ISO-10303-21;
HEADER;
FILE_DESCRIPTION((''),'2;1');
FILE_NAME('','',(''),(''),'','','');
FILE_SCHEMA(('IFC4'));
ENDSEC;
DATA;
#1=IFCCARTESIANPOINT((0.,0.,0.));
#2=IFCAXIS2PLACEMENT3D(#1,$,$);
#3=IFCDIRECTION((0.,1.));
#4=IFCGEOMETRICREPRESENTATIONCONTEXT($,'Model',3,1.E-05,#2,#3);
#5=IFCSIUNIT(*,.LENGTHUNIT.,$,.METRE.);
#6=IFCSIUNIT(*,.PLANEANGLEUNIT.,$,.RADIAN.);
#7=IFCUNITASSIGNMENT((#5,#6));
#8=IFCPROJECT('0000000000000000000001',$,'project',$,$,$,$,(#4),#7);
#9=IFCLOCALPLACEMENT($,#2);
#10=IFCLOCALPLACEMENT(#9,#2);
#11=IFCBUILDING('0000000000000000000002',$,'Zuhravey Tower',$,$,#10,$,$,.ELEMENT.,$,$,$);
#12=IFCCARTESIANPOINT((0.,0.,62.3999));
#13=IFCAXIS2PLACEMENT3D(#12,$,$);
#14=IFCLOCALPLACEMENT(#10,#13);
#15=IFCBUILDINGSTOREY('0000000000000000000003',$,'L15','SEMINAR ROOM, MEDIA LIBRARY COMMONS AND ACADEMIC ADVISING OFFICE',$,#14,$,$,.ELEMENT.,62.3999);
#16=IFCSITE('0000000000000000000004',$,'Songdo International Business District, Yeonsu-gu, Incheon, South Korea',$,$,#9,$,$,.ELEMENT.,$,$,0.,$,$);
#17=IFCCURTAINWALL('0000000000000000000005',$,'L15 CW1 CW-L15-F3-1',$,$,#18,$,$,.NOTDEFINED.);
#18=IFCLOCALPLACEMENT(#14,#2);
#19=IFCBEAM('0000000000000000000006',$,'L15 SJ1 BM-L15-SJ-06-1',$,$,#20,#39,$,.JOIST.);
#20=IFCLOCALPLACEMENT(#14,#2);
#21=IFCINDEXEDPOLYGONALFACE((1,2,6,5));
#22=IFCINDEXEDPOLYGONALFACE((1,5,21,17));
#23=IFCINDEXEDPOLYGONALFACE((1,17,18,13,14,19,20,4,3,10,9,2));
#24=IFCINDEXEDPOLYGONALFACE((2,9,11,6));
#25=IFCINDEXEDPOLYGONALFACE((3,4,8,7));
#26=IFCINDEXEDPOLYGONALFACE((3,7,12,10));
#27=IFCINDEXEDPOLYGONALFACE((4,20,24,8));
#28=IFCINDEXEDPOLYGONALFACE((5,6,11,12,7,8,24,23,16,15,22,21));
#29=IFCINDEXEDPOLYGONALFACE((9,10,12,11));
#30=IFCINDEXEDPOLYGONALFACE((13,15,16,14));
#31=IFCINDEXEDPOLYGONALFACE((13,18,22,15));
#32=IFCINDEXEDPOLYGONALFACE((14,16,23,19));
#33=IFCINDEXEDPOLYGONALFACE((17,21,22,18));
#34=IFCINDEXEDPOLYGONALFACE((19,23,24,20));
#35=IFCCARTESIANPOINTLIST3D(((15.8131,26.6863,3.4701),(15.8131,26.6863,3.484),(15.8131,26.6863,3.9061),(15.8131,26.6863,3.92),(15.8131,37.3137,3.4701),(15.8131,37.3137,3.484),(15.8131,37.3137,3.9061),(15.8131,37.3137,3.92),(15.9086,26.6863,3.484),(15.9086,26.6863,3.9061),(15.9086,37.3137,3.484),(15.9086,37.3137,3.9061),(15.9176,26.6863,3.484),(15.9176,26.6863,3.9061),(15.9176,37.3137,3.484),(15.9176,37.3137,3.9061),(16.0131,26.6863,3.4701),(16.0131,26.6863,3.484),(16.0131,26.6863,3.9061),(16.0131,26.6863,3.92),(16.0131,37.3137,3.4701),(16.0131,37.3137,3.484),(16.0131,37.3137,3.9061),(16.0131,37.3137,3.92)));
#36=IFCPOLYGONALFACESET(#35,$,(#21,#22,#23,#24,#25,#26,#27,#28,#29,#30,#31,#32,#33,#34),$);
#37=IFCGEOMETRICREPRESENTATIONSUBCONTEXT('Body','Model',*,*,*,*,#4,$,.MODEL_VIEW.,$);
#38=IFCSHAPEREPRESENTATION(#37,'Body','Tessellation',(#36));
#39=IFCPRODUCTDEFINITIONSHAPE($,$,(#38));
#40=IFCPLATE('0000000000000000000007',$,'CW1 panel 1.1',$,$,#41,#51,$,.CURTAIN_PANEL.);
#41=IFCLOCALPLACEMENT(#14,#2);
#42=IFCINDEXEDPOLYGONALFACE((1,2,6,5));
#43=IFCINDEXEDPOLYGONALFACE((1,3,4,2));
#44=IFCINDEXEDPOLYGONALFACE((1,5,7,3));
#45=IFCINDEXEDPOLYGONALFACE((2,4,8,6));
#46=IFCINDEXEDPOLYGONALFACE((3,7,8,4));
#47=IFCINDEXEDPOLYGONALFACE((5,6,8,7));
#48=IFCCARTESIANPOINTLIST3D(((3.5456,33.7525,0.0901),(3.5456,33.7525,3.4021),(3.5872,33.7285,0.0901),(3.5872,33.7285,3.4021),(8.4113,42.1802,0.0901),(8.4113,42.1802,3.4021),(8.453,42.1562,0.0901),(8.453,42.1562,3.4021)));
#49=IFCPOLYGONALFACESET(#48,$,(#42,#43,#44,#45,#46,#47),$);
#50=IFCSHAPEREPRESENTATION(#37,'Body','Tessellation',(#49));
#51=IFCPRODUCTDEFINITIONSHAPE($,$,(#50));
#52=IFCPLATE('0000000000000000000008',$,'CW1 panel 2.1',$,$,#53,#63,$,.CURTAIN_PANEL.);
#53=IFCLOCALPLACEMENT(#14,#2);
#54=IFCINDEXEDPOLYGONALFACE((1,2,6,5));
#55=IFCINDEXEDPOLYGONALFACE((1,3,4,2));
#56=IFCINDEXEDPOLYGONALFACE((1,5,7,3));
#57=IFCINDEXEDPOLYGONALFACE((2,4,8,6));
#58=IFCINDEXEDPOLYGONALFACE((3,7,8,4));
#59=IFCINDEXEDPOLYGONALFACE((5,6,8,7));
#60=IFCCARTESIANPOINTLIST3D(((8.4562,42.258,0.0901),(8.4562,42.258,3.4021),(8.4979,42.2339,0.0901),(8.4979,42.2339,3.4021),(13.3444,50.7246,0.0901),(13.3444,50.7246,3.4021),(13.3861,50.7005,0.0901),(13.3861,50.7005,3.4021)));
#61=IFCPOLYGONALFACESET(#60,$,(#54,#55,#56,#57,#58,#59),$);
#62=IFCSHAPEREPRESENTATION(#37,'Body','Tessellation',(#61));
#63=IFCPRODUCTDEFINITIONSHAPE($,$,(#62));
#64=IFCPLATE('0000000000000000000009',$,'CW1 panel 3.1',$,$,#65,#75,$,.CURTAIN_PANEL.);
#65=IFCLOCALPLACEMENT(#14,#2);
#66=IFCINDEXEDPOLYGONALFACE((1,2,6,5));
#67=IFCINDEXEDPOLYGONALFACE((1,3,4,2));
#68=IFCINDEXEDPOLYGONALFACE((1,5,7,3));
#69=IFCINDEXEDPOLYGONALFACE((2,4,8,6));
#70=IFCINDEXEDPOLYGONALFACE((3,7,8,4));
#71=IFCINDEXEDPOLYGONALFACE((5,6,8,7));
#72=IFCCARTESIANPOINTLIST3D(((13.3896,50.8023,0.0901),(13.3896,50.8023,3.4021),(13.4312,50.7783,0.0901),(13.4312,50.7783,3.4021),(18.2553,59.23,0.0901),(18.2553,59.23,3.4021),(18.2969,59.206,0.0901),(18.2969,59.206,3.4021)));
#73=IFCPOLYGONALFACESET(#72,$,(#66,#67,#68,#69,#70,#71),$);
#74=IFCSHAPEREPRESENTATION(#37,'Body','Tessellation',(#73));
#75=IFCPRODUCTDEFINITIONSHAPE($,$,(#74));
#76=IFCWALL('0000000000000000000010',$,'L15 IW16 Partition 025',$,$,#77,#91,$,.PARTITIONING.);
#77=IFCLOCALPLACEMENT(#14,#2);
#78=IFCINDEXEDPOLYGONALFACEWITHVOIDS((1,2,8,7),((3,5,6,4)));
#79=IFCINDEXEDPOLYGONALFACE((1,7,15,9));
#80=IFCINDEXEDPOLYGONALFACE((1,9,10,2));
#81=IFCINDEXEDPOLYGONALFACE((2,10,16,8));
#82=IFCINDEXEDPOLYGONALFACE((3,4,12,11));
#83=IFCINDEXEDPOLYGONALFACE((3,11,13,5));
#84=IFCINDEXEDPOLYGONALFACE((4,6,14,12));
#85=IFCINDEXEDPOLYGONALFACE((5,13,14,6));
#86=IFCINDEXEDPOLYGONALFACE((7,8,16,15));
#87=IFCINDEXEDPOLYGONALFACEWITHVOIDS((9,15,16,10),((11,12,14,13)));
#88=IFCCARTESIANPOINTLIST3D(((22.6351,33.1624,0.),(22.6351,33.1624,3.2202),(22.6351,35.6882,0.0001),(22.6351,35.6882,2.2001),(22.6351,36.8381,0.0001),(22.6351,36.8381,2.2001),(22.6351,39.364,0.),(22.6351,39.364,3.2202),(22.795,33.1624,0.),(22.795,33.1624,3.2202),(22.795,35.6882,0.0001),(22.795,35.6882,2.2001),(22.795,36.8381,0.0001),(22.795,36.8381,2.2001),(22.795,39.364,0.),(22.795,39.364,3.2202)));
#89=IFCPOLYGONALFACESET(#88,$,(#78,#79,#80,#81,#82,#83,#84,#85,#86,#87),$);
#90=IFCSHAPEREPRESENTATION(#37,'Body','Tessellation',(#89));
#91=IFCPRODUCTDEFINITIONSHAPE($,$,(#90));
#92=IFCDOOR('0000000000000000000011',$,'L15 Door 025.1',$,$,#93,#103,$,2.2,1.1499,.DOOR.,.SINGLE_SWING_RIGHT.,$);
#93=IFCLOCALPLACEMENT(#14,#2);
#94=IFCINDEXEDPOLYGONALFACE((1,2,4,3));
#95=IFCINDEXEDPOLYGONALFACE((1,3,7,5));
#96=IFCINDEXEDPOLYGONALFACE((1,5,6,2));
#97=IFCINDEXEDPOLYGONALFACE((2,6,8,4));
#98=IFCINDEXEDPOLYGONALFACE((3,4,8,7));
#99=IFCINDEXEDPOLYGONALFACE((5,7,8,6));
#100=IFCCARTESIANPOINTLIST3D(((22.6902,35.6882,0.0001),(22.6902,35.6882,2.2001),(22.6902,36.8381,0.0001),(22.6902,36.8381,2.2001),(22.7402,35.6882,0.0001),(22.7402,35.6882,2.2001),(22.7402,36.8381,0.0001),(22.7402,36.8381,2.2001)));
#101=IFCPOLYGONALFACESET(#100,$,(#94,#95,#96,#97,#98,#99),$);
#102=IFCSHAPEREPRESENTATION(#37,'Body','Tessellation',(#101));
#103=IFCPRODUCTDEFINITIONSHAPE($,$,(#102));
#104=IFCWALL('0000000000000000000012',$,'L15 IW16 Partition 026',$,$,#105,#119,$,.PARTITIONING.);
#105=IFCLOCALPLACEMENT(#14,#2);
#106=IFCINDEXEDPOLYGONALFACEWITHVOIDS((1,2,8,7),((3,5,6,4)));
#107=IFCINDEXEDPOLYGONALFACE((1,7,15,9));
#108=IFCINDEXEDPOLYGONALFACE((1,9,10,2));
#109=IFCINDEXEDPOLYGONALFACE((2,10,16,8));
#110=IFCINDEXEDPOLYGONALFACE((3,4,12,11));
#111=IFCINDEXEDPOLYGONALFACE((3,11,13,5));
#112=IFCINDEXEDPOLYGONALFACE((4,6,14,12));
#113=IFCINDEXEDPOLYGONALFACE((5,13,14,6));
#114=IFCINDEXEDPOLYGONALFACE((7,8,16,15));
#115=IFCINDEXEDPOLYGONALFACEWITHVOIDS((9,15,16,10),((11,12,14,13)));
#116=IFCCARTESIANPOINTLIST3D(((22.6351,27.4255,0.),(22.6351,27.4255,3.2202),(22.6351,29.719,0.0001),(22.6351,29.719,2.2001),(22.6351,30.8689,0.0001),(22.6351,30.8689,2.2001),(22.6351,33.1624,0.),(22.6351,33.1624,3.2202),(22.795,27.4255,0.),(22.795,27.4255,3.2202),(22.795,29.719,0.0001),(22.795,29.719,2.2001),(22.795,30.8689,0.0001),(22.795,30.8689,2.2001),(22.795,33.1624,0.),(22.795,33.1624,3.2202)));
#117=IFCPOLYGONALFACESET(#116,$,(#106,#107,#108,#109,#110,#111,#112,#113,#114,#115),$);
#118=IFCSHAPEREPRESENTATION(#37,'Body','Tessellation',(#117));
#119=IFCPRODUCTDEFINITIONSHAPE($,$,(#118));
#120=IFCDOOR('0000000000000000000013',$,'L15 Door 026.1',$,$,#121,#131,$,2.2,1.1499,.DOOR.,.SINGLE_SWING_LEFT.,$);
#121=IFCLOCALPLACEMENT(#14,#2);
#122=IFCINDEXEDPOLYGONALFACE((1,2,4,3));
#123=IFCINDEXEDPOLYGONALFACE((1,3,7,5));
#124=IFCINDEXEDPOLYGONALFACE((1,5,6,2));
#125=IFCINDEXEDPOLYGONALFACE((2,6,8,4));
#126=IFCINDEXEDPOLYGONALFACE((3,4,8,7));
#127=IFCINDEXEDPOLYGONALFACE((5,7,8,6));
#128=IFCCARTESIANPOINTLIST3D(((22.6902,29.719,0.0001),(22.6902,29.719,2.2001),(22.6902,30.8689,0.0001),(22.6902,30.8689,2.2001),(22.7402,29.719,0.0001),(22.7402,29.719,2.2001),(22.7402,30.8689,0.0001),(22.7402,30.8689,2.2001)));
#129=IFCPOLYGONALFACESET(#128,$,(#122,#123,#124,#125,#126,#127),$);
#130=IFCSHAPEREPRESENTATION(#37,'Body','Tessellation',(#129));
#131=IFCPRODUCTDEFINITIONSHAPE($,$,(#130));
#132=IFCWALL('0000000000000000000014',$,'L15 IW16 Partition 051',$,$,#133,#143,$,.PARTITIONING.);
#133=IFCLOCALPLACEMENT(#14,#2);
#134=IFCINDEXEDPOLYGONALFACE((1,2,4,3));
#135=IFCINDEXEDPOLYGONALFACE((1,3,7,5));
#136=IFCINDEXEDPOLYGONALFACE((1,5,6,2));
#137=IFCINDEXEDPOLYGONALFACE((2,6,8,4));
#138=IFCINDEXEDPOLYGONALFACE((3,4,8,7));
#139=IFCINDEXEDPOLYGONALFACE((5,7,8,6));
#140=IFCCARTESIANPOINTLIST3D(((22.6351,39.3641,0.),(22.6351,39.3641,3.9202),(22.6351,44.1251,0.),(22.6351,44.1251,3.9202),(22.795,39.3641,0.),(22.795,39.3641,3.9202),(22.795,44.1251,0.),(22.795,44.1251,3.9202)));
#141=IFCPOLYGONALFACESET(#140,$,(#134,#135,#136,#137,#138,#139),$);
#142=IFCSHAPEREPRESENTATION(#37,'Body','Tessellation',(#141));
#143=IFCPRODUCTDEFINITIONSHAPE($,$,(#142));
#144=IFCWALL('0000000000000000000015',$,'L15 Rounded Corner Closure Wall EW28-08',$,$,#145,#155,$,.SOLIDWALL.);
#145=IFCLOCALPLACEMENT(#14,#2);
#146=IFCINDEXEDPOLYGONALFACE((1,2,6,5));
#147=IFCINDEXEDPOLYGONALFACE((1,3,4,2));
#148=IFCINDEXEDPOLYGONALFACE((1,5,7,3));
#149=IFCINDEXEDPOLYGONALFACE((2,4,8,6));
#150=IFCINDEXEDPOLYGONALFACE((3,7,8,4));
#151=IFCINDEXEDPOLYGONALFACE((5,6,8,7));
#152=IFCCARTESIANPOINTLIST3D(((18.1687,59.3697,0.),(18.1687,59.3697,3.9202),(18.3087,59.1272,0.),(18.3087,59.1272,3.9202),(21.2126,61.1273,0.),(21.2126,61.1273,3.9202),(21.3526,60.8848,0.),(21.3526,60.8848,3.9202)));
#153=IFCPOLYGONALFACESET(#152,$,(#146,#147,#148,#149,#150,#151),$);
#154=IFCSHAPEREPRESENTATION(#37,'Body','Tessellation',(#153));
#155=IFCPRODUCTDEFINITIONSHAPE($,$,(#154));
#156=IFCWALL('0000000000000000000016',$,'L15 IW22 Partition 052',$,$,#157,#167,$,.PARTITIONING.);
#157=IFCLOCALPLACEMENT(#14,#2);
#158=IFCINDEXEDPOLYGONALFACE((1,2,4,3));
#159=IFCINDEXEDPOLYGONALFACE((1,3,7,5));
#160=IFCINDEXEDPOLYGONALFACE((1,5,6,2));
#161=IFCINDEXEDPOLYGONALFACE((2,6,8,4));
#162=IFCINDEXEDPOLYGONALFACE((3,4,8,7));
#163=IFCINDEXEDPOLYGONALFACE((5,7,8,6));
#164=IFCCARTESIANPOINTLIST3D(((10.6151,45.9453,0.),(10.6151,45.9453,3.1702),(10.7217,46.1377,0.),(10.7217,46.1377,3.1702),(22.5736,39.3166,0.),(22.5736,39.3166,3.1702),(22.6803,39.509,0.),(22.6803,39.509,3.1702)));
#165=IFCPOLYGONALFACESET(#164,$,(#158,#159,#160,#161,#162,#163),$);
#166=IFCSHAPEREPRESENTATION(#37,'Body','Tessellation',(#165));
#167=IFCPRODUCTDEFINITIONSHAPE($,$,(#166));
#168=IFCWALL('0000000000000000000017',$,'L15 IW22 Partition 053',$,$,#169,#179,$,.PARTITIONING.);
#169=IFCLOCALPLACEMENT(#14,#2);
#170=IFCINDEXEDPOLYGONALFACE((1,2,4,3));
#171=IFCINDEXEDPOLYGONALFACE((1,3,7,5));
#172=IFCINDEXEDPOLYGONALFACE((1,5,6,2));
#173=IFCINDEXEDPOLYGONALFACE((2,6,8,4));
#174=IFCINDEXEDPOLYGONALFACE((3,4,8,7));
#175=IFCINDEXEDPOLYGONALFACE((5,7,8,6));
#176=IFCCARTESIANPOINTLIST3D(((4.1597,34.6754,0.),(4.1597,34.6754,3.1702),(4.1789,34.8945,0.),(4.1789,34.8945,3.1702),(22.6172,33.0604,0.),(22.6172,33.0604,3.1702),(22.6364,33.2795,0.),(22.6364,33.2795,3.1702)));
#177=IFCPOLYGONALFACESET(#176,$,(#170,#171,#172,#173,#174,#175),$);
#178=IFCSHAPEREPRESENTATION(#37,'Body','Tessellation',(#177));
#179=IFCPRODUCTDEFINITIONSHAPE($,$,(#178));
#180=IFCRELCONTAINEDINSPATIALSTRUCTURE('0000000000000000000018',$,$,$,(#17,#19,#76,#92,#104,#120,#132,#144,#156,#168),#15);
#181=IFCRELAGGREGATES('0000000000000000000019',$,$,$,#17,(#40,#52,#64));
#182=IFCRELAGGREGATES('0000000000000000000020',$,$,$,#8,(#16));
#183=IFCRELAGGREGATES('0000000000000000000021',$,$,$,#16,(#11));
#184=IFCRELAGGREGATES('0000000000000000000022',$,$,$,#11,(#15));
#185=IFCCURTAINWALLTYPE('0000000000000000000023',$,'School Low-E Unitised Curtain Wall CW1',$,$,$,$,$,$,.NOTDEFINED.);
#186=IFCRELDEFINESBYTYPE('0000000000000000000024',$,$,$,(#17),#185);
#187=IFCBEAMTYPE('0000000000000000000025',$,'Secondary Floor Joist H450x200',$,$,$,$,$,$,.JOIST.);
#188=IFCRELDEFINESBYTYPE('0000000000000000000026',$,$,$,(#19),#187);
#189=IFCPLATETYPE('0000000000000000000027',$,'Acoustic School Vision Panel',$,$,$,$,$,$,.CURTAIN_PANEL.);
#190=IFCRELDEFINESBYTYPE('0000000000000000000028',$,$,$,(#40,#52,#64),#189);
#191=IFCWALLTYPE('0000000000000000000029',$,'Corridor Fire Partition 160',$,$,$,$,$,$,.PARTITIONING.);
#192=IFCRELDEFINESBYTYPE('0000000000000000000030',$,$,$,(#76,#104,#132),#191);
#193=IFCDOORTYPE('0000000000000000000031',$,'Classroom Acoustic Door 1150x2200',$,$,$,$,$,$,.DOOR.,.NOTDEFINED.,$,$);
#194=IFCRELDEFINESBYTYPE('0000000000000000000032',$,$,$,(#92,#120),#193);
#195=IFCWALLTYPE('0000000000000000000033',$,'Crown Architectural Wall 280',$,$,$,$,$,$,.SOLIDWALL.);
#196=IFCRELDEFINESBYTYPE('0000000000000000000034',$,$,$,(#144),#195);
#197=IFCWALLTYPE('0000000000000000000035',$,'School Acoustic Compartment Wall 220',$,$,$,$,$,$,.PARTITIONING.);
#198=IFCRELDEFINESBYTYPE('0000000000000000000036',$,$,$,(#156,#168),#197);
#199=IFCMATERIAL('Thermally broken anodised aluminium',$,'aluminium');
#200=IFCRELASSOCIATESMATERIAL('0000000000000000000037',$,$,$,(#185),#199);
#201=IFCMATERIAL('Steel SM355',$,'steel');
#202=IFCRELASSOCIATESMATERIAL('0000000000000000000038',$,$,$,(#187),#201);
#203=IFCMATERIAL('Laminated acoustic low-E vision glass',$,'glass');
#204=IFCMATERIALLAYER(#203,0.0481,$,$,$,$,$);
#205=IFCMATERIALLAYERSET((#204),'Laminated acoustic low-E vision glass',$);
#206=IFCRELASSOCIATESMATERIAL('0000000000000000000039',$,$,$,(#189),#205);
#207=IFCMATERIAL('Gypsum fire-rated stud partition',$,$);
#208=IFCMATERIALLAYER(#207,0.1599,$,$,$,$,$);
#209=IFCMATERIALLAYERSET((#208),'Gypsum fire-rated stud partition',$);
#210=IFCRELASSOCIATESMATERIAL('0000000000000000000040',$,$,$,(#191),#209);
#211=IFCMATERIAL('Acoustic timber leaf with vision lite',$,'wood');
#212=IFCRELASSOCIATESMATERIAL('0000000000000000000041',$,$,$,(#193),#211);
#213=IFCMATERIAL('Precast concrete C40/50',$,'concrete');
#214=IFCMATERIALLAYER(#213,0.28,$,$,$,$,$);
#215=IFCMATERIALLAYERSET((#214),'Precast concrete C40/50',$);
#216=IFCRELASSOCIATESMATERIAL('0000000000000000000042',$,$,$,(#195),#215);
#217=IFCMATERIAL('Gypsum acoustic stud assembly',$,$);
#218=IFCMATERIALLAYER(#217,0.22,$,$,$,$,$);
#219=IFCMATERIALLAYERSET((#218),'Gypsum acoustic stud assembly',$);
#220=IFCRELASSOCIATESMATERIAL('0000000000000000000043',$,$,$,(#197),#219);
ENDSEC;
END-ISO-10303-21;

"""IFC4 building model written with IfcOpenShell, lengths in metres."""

from ifc_helpers import new_model, si_unit, direction, frame, frame_2d, origin, origin_2d, place, context, subcontext, project, spatial, rectangle, i_section, extrude, material, layer, layer_set, material_profile, profile_set, type_object, element, fill, aggregate, save


model = new_model("IFC4")

# Units and contexts
model_context = context("Model", 3, precision=1e-05, world=origin(), true_north=direction((0.0, 1.0)))
body_context = subcontext(model_context, "Body", "Model", "MODEL_VIEW")
ifc_project = project(units=[si_unit("LENGTHUNIT", "METRE"), si_unit("PLANEANGLEUNIT", "RADIAN")], contexts=[model_context])

# Site, building, storey
site_placement = place(None, origin())
site = spatial("IfcSite", under=ifc_project, at=site_placement, Name="Songdo International Business District, Yeonsu-gu, Incheon, South Korea", CompositionType="ELEMENT", RefElevation=0.0)
building_placement = place(site_placement, origin())
building = spatial("IfcBuilding", under=site, at=building_placement, Name="Zuhravey Tower", CompositionType="ELEMENT")
storey_placement = place(building_placement, frame((0.0, 0.0, 62.3999)))
storey = spatial("IfcBuildingStorey", under=building, at=storey_placement, Name="L15", Description="SEMINAR ROOM, MEDIA LIBRARY COMMONS AND ACADEMIC ADVISING OFFICE", CompositionType="ELEMENT", Elevation=62.3999)

# Curtain wall
ifc_material_1 = material(Name="Thermally broken anodised aluminium", Category="aluminium")
curtain_wall_type = type_object("IfcCurtainWallType", Name="School Low-E Unitised Curtain Wall CW1", PredefinedType="NOTDEFINED", material=ifc_material_1)
curtain_wall_1_placement = place(storey_placement, origin())
curtain_wall_1 = element("IfcCurtainWall", 1, at=curtain_wall_1_placement, inside=storey, type_object=curtain_wall_type, Name="L15 CW1 CW-L15-F3-1", PredefinedType="NOTDEFINED")

# Beam
ifc_material_2 = material(Name="Steel SM355", Category="steel")
ifc_material_profile_1 = material_profile(ifc_material_2, i_section(OverallWidth=0.2, OverallDepth=0.45, WebThickness=0.009, FlangeThickness=0.0139, at=origin_2d()), Name="H-450x200x9x14")
ifc_profile_set_1 = profile_set([ifc_material_profile_1], Name="Steel SM355")
beam_type_1 = type_object("IfcBeamType", Name="Secondary Floor Joist H450x200", PredefinedType="JOIST", material=ifc_profile_set_1)
beam_1_placement = place(storey_placement, frame((15.9131, 37.3137, 3.6951), z_axis=(0.0, -1.0, 0.0), x_axis=(1.0, 0.0, 0.0)))
element("IfcBeam", 2, at=beam_1_placement, inside=storey, type_object=beam_type_1, Name="L15 SJ1 BM-L15-SJ-06-1", PredefinedType="JOIST", context=body_context, shape_type="SweptSolid", body=[
    extrude(i_section(OverallWidth=0.2, OverallDepth=0.45, WebThickness=0.009, FlangeThickness=0.0139, at=origin_2d()), origin(), (0.0, 0.0, 1.0), 10.6274),
])

# Plates
ifc_material_3 = material(Name="Laminated acoustic low-E vision glass", Category="glass")
ifc_layer_1 = layer(ifc_material_3, 0.0481)
ifc_layer_set_1 = layer_set([ifc_layer_1], Name="Laminated acoustic low-E vision glass")
plate_type = type_object("IfcPlateType", Name="Acoustic School Vision Panel", PredefinedType="CURTAIN_PANEL", material=ifc_layer_set_1)
plate_1_placement = place(storey_placement, frame((5.9993, 37.9543, 0.0901), z_axis=(0.0, 0.0, 1.0), x_axis=(0.5, 0.866026, 0.0)))
plate_1 = element("IfcPlate", 3, at=plate_1_placement, type_object=plate_type, Name="CW1 panel 1.1", PredefinedType="CURTAIN_PANEL", context=body_context, shape_type="SweptSolid", body=[
    extrude(rectangle(XDim=9.7314, YDim=0.0481, at=origin_2d()), origin(), (0.0, 0.0, 1.0), 3.312),
])
plate_2_placement = place(storey_placement, frame((10.9211, 46.4792, 0.0901), z_axis=(0.0, 0.0, 1.0), x_axis=(0.5, 0.866026, 0.0)))
plate_2 = element("IfcPlate", 4, at=plate_2_placement, type_object=plate_type, Name="CW1 panel 2.1", PredefinedType="CURTAIN_PANEL", context=body_context, shape_type="SweptSolid", body=[
    extrude(rectangle(XDim=9.7764, YDim=0.0481, at=origin_2d()), origin(), (0.0, 0.0, 1.0), 3.312),
])
plate_3_placement = place(storey_placement, frame((15.8433, 55.0042, 0.0901), z_axis=(0.0, 0.0, 1.0), x_axis=(0.5, 0.866026, 0.0)))
plate_3 = element("IfcPlate", 5, at=plate_3_placement, type_object=plate_type, Name="CW1 panel 3.1", PredefinedType="CURTAIN_PANEL", context=body_context, shape_type="SweptSolid", body=[
    extrude(rectangle(XDim=9.7314, YDim=0.0481, at=origin_2d()), origin(), (0.0, 0.0, 1.0), 3.312),
])
aggregate(curtain_wall_1, [plate_1, plate_2, plate_3])

# Walls, openings, doors
ifc_material_4 = material(Name="Gypsum fire-rated stud partition")
ifc_layer_2 = layer(ifc_material_4, 0.1599)
ifc_layer_set_2 = layer_set([ifc_layer_2], Name="Gypsum fire-rated stud partition")
wall_type_1 = type_object("IfcWallType", Name="Corridor Fire Partition 160", PredefinedType="PARTITIONING", material=ifc_layer_set_2)
wall_1_placement = place(storey_placement, frame((22.7151, 39.364, 0.0), z_axis=(0.0, 0.0, 1.0), x_axis=(0.0, -1.0, 0.0)))
wall_1 = element("IfcWall", 6, at=wall_1_placement, inside=storey, type_object=wall_type_1, Name="L15 IW16 Partition 025", PredefinedType="PARTITIONING", context=body_context, shape_type="SweptSolid", body=[
    extrude(rectangle(XDim=6.2017, YDim=0.1599, at=frame_2d((3.1008, 0.0))), origin(), (0.0, 0.0, 1.0), 3.2202),
])
opening_1_placement = place(wall_1_placement, frame((2.5259, 0.0, 0.0)))
opening_1 = element("IfcOpeningElement", 7, at=opening_1_placement, cuts=wall_1, PredefinedType="OPENING", context=body_context, shape_type="SweptSolid", body=[
    extrude(rectangle(XDim=1.1499, YDim=2.2, at=frame_2d((0.575, 1.1001))), frame((0.0, 0.092, 0.0), z_axis=(0.0, -1.0, 0.0), x_axis=(1.0, 0.0, 0.0)), (0.0, 0.0, 1.0), 0.1838),
])
ifc_material_5 = material(Name="Acoustic timber leaf with vision lite", Category="wood")
door_type = type_object("IfcDoorType", Name="Classroom Acoustic Door 1150x2200", OperationType="NOTDEFINED", PredefinedType="DOOR", material=ifc_material_5)
door_1_placement = place(opening_1_placement, frame((1.1499, 0.0, 0.0), z_axis=(0.0, 0.0, 1.0), x_axis=(-1.0, 0.0, 0.0)))
door_1 = element("IfcDoor", 8, at=door_1_placement, inside=storey, type_object=door_type, Name="L15 Door 025.1", OperationType="SINGLE_SWING_RIGHT", OverallHeight=2.2, OverallWidth=1.1499, PredefinedType="DOOR", context=body_context, shape_type="SweptSolid", body=[
    extrude(rectangle(XDim=1.1499, YDim=2.2, at=frame_2d((0.575, 1.1001))), frame((0.0, 0.0249, 0.0), z_axis=(0.0, -1.0, 0.0), x_axis=(1.0, 0.0, 0.0)), (0.0, 0.0, 1.0), 0.05),
])
fill(opening_1, door_1)
wall_2_placement = place(storey_placement, frame((22.7151, 33.1624, 0.0), z_axis=(0.0, 0.0, 1.0), x_axis=(0.0, -1.0, 0.0)))
wall_2 = element("IfcWall", 9, at=wall_2_placement, inside=storey, type_object=wall_type_1, Name="L15 IW16 Partition 026", PredefinedType="PARTITIONING", context=body_context, shape_type="SweptSolid", body=[
    extrude(rectangle(XDim=5.7368, YDim=0.1599, at=frame_2d((2.8684, 0.0))), origin(), (0.0, 0.0, 1.0), 3.2202),
])
opening_2_placement = place(wall_2_placement, frame((2.2935, 0.0, 0.0)))
opening_2 = element("IfcOpeningElement", 10, at=opening_2_placement, cuts=wall_2, PredefinedType="OPENING", context=body_context, shape_type="SweptSolid", body=[
    extrude(rectangle(XDim=1.1499, YDim=2.2, at=frame_2d((0.575, 1.1001))), frame((0.0, 0.092, 0.0), z_axis=(0.0, -1.0, 0.0), x_axis=(1.0, 0.0, 0.0)), (0.0, 0.0, 1.0), 0.1838),
])
door_2_placement = place(opening_2_placement, frame((1.1499, 0.0, 0.0), z_axis=(0.0, 0.0, 1.0), x_axis=(-1.0, 0.0, 0.0)))
door_2 = element("IfcDoor", 11, at=door_2_placement, inside=storey, type_object=door_type, Name="L15 Door 026.1", OperationType="SINGLE_SWING_LEFT", OverallHeight=2.2, OverallWidth=1.1499, PredefinedType="DOOR", context=body_context, shape_type="SweptSolid", body=[
    extrude(rectangle(XDim=1.1499, YDim=2.2, at=frame_2d((0.575, 1.1001))), frame((0.0, 0.0249, 0.0), z_axis=(0.0, -1.0, 0.0), x_axis=(1.0, 0.0, 0.0)), (0.0, 0.0, 1.0), 0.05),
])
fill(opening_2, door_2)

# Walls
wall_3_placement = place(storey_placement, frame((22.7151, 44.125, 0.0), z_axis=(0.0, 0.0, 1.0), x_axis=(0.0, -1.0, 0.0)))
element("IfcWall", 12, at=wall_3_placement, inside=storey, type_object=wall_type_1, Name="L15 IW16 Partition 051", PredefinedType="PARTITIONING", context=body_context, shape_type="SweptSolid", body=[
    extrude(rectangle(XDim=4.761, YDim=0.1599, at=frame_2d((2.3804, 0.0))), origin(), (0.0, 0.0, 1.0), 3.9202),
])
ifc_material_6 = material(Name="Precast concrete C40/50", Category="concrete")
ifc_layer_3 = layer(ifc_material_6, 0.28)
ifc_layer_set_3 = layer_set([ifc_layer_3], Name="Precast concrete C40/50")
wall_type_2 = type_object("IfcWallType", Name="Crown Architectural Wall 280", PredefinedType="SOLIDWALL", material=ifc_layer_set_3)
wall_4_placement = place(storey_placement, frame((18.2388, 59.2485, 0.0), z_axis=(0.0, 0.0, 1.0), x_axis=(0.866007, 0.500031, 0.0)))
element("IfcWall", 13, at=wall_4_placement, inside=storey, type_object=wall_type_2, Name="L15 Rounded Corner Closure Wall EW28-08", PredefinedType="SOLIDWALL", context=body_context, shape_type="SweptSolid", body=[
    extrude(rectangle(XDim=3.5149, YDim=0.28, at=frame_2d((1.7573, 0.0))), origin(), (0.0, 0.0, 1.0), 3.9202),
])
ifc_material_7 = material(Name="Gypsum acoustic stud assembly")
ifc_layer_4 = layer(ifc_material_7, 0.22)
ifc_layer_set_4 = layer_set([ifc_layer_4], Name="Gypsum acoustic stud assembly")
wall_type_3 = type_object("IfcWallType", Name="School Acoustic Compartment Wall 220", PredefinedType="PARTITIONING", material=ifc_layer_set_4)
wall_5_placement = place(storey_placement, frame((22.627, 39.4128, 0.0), z_axis=(0.0, 0.0, 1.0), x_axis=(-0.874621, 0.484807, 0.0)))
element("IfcWall", 14, at=wall_5_placement, inside=storey, type_object=wall_type_3, Name="L15 IW22 Partition 052", PredefinedType="PARTITIONING", context=body_context, shape_type="SweptSolid", body=[
    extrude(rectangle(XDim=13.6729, YDim=0.22, at=frame_2d((6.8364, 0.0))), origin(), (0.0, 0.0, 1.0), 3.1702),
])
wall_6_placement = place(storey_placement, frame((22.627, 33.1699, 0.0), z_axis=(0.0, 0.0, 1.0), x_axis=(-0.996194, 0.087165, 0.0)))
element("IfcWall", 15, at=wall_6_placement, inside=storey, type_object=wall_type_3, Name="L15 IW22 Partition 053", PredefinedType="PARTITIONING", context=body_context, shape_type="SweptSolid", body=[
    extrude(rectangle(XDim=18.5281, YDim=0.22, at=frame_2d((9.2642, 0.0))), origin(), (0.0, 0.0, 1.0), 3.1702),
])

save(model, "model.ifc")
